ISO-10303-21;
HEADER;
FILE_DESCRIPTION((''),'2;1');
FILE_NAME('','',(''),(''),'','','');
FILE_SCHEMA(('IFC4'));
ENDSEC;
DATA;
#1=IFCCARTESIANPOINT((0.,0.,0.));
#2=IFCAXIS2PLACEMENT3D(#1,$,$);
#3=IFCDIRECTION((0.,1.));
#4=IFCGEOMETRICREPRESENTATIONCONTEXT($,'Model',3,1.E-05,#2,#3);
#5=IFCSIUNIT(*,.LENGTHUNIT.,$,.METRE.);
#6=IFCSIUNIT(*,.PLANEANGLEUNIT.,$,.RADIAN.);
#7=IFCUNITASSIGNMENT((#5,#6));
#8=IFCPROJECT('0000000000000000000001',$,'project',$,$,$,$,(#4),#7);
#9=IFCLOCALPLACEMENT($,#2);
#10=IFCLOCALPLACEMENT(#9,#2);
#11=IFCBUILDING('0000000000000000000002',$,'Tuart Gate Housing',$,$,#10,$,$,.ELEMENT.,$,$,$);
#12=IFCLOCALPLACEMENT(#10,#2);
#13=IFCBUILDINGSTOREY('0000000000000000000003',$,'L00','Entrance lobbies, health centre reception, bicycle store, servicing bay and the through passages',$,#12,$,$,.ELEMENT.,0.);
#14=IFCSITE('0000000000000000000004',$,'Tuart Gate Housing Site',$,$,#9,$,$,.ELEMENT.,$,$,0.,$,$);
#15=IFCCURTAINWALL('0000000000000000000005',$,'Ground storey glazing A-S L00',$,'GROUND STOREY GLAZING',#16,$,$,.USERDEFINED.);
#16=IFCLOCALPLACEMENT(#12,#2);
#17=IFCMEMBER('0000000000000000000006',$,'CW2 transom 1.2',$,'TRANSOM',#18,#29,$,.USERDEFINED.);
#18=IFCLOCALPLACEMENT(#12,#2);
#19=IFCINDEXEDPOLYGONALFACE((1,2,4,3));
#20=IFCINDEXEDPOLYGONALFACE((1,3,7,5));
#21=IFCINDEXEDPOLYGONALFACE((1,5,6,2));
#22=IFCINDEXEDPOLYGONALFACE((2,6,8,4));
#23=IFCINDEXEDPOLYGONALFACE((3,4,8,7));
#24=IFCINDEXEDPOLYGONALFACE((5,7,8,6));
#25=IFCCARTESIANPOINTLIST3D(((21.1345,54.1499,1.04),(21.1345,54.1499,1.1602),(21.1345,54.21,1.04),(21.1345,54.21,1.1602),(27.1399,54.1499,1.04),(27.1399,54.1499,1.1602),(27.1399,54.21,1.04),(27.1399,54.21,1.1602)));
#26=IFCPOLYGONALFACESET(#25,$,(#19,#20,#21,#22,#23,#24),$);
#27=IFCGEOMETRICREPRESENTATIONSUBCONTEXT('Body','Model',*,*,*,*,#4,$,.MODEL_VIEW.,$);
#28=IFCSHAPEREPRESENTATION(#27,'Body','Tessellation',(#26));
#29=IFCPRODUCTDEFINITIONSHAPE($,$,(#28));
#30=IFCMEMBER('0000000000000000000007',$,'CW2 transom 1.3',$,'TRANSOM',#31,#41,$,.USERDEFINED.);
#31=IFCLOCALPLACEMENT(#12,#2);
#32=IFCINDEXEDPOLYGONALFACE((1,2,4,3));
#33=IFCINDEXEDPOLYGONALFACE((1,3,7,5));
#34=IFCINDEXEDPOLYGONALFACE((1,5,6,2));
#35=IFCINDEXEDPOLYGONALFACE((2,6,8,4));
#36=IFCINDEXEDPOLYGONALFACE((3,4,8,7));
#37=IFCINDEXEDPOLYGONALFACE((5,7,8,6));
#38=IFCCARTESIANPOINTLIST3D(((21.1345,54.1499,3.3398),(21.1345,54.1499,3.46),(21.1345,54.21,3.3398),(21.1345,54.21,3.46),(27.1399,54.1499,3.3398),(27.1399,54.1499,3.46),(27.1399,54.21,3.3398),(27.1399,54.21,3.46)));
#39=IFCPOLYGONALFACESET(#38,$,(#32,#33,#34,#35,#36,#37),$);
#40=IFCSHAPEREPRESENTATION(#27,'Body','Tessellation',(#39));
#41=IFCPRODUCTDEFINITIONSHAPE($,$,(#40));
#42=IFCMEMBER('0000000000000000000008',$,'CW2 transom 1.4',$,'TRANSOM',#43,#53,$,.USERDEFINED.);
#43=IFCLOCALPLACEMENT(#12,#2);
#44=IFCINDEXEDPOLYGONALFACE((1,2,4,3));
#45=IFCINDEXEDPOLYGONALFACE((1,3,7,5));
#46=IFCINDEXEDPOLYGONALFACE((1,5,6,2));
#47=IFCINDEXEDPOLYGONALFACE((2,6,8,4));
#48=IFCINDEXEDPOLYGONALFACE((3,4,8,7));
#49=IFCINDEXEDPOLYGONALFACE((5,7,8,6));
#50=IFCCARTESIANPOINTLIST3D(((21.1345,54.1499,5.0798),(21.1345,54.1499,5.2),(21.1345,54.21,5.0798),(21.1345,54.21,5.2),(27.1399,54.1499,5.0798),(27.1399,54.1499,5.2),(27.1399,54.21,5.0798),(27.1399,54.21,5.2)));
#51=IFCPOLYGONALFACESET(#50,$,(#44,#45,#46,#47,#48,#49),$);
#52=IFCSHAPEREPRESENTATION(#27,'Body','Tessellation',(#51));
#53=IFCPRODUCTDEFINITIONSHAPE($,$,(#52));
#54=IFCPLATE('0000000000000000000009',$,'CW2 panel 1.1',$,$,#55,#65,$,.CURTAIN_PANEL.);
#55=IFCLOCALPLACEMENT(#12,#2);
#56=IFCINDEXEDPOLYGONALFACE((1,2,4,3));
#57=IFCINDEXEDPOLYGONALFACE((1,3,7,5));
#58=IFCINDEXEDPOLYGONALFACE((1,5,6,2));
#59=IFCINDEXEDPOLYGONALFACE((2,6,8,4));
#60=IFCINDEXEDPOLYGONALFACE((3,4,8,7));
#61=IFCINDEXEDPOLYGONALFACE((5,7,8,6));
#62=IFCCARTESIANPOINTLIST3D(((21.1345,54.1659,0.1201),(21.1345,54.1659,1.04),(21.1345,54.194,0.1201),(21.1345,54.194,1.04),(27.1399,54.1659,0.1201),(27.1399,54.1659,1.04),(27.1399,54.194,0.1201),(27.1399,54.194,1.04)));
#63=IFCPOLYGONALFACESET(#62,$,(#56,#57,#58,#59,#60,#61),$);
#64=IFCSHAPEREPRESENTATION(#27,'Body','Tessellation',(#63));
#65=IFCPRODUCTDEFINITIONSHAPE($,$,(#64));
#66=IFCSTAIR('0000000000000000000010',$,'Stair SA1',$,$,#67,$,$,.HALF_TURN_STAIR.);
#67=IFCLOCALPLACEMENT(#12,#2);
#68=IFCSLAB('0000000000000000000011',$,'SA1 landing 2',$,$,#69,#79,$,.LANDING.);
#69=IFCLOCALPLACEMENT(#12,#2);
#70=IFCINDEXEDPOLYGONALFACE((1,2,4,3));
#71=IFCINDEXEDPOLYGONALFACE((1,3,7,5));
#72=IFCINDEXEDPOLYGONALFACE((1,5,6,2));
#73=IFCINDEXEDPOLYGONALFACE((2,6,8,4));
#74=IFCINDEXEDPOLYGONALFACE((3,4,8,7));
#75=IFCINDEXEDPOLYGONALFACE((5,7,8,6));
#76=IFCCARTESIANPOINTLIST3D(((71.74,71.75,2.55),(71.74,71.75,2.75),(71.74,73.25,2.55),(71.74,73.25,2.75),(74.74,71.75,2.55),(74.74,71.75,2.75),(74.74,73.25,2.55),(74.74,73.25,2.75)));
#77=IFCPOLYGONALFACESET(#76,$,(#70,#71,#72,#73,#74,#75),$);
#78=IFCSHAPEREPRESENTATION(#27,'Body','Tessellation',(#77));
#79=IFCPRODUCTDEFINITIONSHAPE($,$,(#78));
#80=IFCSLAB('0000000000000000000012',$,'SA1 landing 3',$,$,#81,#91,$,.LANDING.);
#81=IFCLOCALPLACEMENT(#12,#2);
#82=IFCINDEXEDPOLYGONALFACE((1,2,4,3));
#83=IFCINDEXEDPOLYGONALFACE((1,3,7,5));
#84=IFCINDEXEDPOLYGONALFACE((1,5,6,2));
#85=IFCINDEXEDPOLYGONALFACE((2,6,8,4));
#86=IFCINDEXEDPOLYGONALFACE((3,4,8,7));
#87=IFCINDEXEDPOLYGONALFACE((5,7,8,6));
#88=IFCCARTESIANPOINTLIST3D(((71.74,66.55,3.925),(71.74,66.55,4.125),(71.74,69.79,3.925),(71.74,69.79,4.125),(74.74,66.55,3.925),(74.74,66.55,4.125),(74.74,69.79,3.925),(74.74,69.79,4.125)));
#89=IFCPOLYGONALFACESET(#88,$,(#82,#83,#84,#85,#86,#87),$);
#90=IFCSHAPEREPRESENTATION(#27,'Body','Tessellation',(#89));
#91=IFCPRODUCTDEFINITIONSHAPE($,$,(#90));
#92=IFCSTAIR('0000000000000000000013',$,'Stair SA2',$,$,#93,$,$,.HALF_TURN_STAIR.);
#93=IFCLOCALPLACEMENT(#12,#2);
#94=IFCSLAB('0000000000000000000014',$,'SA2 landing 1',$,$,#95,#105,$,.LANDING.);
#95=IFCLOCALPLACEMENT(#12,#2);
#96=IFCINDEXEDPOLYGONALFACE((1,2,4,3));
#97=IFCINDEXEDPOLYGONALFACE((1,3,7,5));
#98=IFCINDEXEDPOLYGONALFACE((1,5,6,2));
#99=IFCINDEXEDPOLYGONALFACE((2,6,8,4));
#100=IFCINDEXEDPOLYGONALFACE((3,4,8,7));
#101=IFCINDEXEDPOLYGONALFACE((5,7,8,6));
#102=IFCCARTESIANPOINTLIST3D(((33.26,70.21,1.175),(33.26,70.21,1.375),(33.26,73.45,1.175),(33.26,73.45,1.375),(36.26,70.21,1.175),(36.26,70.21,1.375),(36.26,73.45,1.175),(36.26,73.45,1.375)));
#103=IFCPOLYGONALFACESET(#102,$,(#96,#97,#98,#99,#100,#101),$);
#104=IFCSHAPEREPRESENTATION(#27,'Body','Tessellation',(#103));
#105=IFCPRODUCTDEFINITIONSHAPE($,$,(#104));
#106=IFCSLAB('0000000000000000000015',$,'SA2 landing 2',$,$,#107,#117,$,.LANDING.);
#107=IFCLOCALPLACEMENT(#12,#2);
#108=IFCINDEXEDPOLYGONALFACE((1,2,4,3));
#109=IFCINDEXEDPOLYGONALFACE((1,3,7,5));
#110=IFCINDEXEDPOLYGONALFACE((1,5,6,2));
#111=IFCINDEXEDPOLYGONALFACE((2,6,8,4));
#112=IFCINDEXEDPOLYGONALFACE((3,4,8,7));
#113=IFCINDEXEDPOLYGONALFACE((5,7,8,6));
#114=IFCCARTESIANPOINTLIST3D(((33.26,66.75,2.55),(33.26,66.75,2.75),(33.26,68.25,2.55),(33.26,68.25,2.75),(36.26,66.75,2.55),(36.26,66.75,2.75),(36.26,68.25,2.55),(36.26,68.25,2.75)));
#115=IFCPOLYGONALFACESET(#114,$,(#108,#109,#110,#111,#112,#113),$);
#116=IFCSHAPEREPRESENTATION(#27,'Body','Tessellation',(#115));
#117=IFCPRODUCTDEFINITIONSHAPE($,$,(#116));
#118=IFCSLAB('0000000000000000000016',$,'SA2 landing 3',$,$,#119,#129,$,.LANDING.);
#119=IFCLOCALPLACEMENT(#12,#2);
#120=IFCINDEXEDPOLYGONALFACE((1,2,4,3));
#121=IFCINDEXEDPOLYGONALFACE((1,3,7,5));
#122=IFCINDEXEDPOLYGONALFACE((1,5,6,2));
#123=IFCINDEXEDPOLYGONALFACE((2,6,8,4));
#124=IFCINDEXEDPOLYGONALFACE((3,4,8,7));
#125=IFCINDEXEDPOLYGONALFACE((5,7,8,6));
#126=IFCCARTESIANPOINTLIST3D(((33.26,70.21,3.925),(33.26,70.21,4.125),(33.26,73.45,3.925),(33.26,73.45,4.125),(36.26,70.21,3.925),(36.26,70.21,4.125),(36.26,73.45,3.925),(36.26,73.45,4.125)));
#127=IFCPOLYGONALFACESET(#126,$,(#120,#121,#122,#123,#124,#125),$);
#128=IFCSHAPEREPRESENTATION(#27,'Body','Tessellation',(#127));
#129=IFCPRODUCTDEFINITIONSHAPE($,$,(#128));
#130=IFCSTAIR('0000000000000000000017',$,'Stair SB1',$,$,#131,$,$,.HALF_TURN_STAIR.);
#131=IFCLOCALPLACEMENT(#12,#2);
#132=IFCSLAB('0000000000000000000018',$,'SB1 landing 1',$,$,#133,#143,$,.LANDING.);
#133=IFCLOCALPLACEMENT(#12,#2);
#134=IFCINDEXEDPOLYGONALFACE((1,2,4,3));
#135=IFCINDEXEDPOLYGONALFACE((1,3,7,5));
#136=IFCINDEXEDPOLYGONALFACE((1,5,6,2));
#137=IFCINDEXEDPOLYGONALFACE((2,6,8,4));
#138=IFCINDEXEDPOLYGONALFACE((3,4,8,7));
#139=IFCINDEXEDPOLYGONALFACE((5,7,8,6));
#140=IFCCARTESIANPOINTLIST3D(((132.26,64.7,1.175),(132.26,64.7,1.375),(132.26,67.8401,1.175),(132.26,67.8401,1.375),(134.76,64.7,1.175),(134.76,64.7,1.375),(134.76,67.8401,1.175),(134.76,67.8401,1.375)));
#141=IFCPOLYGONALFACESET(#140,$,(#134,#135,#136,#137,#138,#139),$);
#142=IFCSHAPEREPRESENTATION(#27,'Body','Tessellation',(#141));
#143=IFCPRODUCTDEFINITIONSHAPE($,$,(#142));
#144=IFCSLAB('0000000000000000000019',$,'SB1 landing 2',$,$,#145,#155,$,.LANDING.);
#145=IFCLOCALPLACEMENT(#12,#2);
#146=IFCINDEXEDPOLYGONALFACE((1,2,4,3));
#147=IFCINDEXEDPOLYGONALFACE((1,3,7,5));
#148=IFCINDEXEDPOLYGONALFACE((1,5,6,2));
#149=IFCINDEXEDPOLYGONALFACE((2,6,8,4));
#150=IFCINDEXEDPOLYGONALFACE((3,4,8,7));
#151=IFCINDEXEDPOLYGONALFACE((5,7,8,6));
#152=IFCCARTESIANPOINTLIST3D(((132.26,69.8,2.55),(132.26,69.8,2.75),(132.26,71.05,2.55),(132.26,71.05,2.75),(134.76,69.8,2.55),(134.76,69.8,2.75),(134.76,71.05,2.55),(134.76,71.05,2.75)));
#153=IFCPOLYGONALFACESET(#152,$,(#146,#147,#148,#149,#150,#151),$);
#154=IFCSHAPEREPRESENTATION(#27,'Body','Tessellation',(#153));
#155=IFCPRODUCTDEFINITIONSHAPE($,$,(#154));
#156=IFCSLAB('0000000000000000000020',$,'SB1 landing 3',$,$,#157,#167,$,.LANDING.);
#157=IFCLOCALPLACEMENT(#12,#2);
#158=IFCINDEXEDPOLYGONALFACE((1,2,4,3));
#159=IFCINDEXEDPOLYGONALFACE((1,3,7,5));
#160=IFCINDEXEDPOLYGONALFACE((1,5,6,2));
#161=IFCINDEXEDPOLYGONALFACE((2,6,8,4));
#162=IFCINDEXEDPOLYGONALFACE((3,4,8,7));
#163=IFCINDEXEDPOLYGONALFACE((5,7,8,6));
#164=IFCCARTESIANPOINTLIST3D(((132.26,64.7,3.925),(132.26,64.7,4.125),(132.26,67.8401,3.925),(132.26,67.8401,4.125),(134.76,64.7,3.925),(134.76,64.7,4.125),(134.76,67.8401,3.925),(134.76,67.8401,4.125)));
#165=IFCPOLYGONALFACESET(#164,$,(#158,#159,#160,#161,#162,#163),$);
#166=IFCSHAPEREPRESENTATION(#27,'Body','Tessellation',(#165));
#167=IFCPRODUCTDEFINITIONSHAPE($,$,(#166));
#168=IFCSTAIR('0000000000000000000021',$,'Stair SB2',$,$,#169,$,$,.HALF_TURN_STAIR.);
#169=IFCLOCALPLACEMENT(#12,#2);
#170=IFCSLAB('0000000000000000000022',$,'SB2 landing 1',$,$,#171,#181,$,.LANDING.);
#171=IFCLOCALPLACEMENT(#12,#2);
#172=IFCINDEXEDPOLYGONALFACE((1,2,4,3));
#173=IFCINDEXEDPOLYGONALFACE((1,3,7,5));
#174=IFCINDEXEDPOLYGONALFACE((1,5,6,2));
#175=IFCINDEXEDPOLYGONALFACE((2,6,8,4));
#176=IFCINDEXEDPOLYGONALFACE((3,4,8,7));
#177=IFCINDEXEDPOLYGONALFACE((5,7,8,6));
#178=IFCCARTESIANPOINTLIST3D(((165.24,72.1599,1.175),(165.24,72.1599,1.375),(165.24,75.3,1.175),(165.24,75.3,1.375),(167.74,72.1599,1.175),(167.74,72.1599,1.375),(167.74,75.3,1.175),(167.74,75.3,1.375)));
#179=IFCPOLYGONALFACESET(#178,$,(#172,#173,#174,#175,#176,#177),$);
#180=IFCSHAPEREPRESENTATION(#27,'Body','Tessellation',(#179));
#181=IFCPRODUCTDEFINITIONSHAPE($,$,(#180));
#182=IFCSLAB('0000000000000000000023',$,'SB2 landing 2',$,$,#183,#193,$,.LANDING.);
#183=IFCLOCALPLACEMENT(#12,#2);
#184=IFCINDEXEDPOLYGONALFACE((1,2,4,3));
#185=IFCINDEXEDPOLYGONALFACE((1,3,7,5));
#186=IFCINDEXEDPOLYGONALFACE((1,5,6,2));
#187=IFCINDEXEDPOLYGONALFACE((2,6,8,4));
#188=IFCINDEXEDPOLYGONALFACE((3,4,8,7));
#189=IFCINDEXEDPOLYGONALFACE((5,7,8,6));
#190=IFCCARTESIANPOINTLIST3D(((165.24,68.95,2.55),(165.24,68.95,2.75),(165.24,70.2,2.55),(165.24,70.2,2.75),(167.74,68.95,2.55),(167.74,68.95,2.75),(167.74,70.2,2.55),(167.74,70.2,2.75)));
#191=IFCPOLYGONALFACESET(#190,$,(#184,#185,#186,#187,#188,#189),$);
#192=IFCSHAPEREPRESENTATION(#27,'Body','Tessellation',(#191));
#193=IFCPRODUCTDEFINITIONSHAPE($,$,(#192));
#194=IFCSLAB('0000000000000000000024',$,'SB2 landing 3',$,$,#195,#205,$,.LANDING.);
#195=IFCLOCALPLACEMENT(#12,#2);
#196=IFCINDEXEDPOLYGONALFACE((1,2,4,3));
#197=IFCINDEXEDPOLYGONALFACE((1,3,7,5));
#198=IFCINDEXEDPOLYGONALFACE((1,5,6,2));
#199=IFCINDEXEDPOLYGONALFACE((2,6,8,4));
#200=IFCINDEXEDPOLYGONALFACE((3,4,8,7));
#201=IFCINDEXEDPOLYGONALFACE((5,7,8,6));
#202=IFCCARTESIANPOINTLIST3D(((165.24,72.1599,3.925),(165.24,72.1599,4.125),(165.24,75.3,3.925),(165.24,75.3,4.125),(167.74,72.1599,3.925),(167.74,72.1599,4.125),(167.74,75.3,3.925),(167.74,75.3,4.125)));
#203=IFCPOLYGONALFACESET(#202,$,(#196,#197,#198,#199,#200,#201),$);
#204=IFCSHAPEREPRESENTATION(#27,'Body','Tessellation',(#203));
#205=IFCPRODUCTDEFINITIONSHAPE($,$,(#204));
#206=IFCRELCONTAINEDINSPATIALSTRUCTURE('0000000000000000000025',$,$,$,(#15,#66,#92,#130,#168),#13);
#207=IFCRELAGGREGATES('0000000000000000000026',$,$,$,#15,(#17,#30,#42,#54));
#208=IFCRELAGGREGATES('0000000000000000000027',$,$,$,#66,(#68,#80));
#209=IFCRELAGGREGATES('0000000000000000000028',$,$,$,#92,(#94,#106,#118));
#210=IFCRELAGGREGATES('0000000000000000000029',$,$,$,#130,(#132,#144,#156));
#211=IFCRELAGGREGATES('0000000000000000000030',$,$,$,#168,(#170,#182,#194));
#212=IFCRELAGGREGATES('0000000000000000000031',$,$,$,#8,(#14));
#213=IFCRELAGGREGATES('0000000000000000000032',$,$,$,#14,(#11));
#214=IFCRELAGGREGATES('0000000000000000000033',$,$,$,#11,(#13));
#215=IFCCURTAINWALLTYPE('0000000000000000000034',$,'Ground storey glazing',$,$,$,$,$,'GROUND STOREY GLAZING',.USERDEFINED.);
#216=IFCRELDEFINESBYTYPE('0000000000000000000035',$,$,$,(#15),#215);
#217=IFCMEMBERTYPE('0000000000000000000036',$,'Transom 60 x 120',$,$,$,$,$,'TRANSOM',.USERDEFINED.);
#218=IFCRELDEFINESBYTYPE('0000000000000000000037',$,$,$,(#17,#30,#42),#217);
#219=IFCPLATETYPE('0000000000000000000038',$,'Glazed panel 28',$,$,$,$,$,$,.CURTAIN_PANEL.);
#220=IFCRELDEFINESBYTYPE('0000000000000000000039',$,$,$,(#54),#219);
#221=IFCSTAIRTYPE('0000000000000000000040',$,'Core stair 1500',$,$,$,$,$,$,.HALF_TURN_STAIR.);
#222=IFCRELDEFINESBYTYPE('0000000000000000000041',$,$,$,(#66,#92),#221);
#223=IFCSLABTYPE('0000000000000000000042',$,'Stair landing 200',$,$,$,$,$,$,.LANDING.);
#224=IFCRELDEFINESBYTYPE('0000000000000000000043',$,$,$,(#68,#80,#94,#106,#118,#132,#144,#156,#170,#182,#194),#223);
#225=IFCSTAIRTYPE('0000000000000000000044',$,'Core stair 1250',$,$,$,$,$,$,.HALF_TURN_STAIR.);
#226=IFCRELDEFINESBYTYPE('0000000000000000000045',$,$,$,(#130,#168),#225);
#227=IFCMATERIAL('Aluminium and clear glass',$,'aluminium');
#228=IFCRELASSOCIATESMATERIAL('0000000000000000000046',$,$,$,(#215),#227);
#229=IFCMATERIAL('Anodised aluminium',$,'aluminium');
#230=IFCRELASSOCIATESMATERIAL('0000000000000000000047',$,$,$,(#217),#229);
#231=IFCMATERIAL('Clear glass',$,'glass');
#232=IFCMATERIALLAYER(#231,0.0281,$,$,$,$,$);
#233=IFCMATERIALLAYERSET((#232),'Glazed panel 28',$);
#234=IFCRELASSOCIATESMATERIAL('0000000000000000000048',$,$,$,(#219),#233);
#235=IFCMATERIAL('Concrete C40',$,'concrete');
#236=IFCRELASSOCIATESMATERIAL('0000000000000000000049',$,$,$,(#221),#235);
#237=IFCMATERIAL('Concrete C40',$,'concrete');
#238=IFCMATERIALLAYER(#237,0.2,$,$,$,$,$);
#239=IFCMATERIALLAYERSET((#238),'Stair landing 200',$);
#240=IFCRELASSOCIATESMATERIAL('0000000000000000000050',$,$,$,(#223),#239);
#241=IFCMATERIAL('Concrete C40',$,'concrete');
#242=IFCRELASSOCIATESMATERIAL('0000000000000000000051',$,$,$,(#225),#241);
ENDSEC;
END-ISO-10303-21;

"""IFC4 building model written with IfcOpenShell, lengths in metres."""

from ifc_helpers import new_model, si_unit, direction, frame, origin, origin_2d, place, context, subcontext, project, spatial, polyline, rectangle, outline, extrude, material, layer, layer_set, material_profile, profile_set, type_object, element, aggregate, save


model = new_model("IFC4")

# Units and contexts
model_context = context("Model", 3, precision=1e-05, world=origin(), true_north=direction((0.0, 1.0)))
body_context = subcontext(model_context, "Body", "Model", "MODEL_VIEW")
ifc_project = project(units=[si_unit("LENGTHUNIT", "METRE"), si_unit("PLANEANGLEUNIT", "RADIAN")], contexts=[model_context])

# Site, building, storey
site_placement = place(None, origin())
site = spatial("IfcSite", under=ifc_project, at=site_placement, Name="Tuart Gate Housing Site", CompositionType="ELEMENT", RefElevation=0.0)
building_placement = place(site_placement, origin())
building = spatial("IfcBuilding", under=site, at=building_placement, Name="Tuart Gate Housing", CompositionType="ELEMENT")
storey_placement = place(building_placement, origin())
storey = spatial("IfcBuildingStorey", under=building, at=storey_placement, Name="L00", Description="Entrance lobbies, health centre reception, bicycle store, servicing bay and the through passages", CompositionType="ELEMENT", Elevation=0.0)

# Curtain wall, members, plate
ifc_material_1 = material(Name="Aluminium and clear glass", Category="aluminium")
curtain_wall_type = type_object("IfcCurtainWallType", Name="Ground storey glazing", ElementType="GROUND STOREY GLAZING", PredefinedType="USERDEFINED", material=ifc_material_1)
curtain_wall_placement = place(storey_placement, origin())
curtain_wall = element("IfcCurtainWall", 1, at=curtain_wall_placement, inside=storey, type_object=curtain_wall_type, Name="Ground storey glazing A-S L00", ObjectType="GROUND STOREY GLAZING", PredefinedType="USERDEFINED")
ifc_material_2 = material(Name="Anodised aluminium", Category="aluminium")
ifc_material_profile_1 = material_profile(ifc_material_2, rectangle(XDim=0.0601, YDim=0.1201, at=origin_2d()), Name="60x120")
ifc_profile_set_1 = profile_set([ifc_material_profile_1], Name="Anodised aluminium")
member_type_1 = type_object("IfcMemberType", Name="Transom 60 x 120", ElementType="TRANSOM", PredefinedType="USERDEFINED", material=ifc_profile_set_1)
member_1_placement = place(storey_placement, frame((21.1345, 54.1799, 1.1001), z_axis=(1.0, 0.0, 0.0), x_axis=(0.0, 1.0, 0.0)))
member_1 = element("IfcMember", 2, at=member_1_placement, type_object=member_type_1, Name="CW2 transom 1.2", ObjectType="TRANSOM", PredefinedType="USERDEFINED", context=body_context, shape_type="SweptSolid", body=[
    extrude(rectangle(XDim=0.0601, YDim=0.1201, at=origin_2d()), origin(), (0.0, 0.0, 1.0), 6.0054),
])
member_2_placement = place(storey_placement, frame((21.1345, 54.1799, 3.3999), z_axis=(1.0, 0.0, 0.0), x_axis=(0.0, 1.0, 0.0)))
member_2 = element("IfcMember", 3, at=member_2_placement, type_object=member_type_1, Name="CW2 transom 1.3", ObjectType="TRANSOM", PredefinedType="USERDEFINED", context=body_context, shape_type="SweptSolid", body=[
    extrude(rectangle(XDim=0.0601, YDim=0.1201, at=origin_2d()), origin(), (0.0, 0.0, 1.0), 6.0054),
])
member_3_placement = place(storey_placement, frame((21.1345, 54.1799, 5.1399), z_axis=(1.0, 0.0, 0.0), x_axis=(0.0, 1.0, 0.0)))
member_3 = element("IfcMember", 4, at=member_3_placement, type_object=member_type_1, Name="CW2 transom 1.4", ObjectType="TRANSOM", PredefinedType="USERDEFINED", context=body_context, shape_type="SweptSolid", body=[
    extrude(rectangle(XDim=0.0601, YDim=0.1201, at=origin_2d()), origin(), (0.0, 0.0, 1.0), 6.0054),
])
ifc_material_3 = material(Name="Clear glass", Category="glass")
ifc_layer_1 = layer(ifc_material_3, 0.0281)
ifc_layer_set_1 = layer_set([ifc_layer_1], Name="Glazed panel 28")
plate_type = type_object("IfcPlateType", Name="Glazed panel 28", PredefinedType="CURTAIN_PANEL", material=ifc_layer_set_1)
plate_placement = place(storey_placement, frame((24.1372, 54.1799, 0.1201), z_axis=(0.0, 0.0, 1.0), x_axis=(1.0, 0.0, 0.0)))
plate = element("IfcPlate", 5, at=plate_placement, type_object=plate_type, Name="CW2 panel 1.1", PredefinedType="CURTAIN_PANEL", context=body_context, shape_type="SweptSolid", body=[
    extrude(rectangle(XDim=6.0054, YDim=0.0281, at=origin_2d()), origin(), (0.0, 0.0, 1.0), 0.9199),
])
aggregate(curtain_wall, [member_1, member_2, member_3, plate])

# Stairs, slabs
ifc_material_4 = material(Name="Concrete C40", Category="concrete")
stair_type_1 = type_object("IfcStairType", Name="Core stair 1500", PredefinedType="HALF_TURN_STAIR", material=ifc_material_4)
stair_1_placement = place(storey_placement, origin())
stair_1 = element("IfcStair", 6, at=stair_1_placement, inside=storey, type_object=stair_type_1, Name="Stair SA1", PredefinedType="HALF_TURN_STAIR")
ifc_material_5 = material(Name="Concrete C40", Category="concrete")
ifc_layer_2 = layer(ifc_material_5, 0.2)
ifc_layer_set_2 = layer_set([ifc_layer_2], Name="Stair landing 200")
slab_type = type_object("IfcSlabType", Name="Stair landing 200", PredefinedType="LANDING", material=ifc_layer_set_2)
slab_1_placement = place(storey_placement, frame((0.0, 0.0, 2.55)))
slab_1 = element("IfcSlab", 7, at=slab_1_placement, type_object=slab_type, Name="SA1 landing 2", PredefinedType="LANDING", context=body_context, shape_type="SweptSolid", body=[
    extrude(outline(polyline([(71.74, 73.25), (71.74, 71.75), (74.74, 71.75), (74.74, 73.25), (71.74, 73.25)])), origin(), (0.0, 0.0, 1.0), 0.2),
])
slab_2_placement = place(storey_placement, frame((0.0, 0.0, 3.925)))
slab_2 = element("IfcSlab", 8, at=slab_2_placement, type_object=slab_type, Name="SA1 landing 3", PredefinedType="LANDING", context=body_context, shape_type="SweptSolid", body=[
    extrude(outline(polyline([(71.74, 66.55), (74.74, 66.55), (74.74, 69.79), (71.74, 69.79), (71.74, 66.55)])), origin(), (0.0, 0.0, 1.0), 0.2),
])
aggregate(stair_1, [slab_1, slab_2])
stair_2_placement = place(storey_placement, origin())
stair_2 = element("IfcStair", 9, at=stair_2_placement, inside=storey, type_object=stair_type_1, Name="Stair SA2", PredefinedType="HALF_TURN_STAIR")
slab_3_placement = place(storey_placement, frame((0.0, 0.0, 1.175)))
slab_3 = element("IfcSlab", 10, at=slab_3_placement, type_object=slab_type, Name="SA2 landing 1", PredefinedType="LANDING", context=body_context, shape_type="SweptSolid", body=[
    extrude(outline(polyline([(36.26, 73.45), (33.26, 73.45), (33.26, 70.21), (36.26, 70.21), (36.26, 73.45)])), origin(), (0.0, 0.0, 1.0), 0.2),
])
slab_4_placement = place(storey_placement, frame((0.0, 0.0, 2.55)))
slab_4 = element("IfcSlab", 11, at=slab_4_placement, type_object=slab_type, Name="SA2 landing 2", PredefinedType="LANDING", context=body_context, shape_type="SweptSolid", body=[
    extrude(outline(polyline([(36.26, 66.75), (36.26, 68.25), (33.26, 68.25), (33.26, 66.75), (36.26, 66.75)])), origin(), (0.0, 0.0, 1.0), 0.2),
])
slab_5_placement = place(storey_placement, frame((0.0, 0.0, 3.925)))
slab_5 = element("IfcSlab", 12, at=slab_5_placement, type_object=slab_type, Name="SA2 landing 3", PredefinedType="LANDING", context=body_context, shape_type="SweptSolid", body=[
    extrude(outline(polyline([(36.26, 73.45), (33.26, 73.45), (33.26, 70.21), (36.26, 70.21), (36.26, 73.45)])), origin(), (0.0, 0.0, 1.0), 0.2),
])
aggregate(stair_2, [slab_3, slab_4, slab_5])
ifc_material_6 = material(Name="Concrete C40", Category="concrete")
stair_type_2 = type_object("IfcStairType", Name="Core stair 1250", PredefinedType="HALF_TURN_STAIR", material=ifc_material_6)
stair_3_placement = place(storey_placement, origin())
stair_3 = element("IfcStair", 13, at=stair_3_placement, inside=storey, type_object=stair_type_2, Name="Stair SB1", PredefinedType="HALF_TURN_STAIR")
slab_6_placement = place(storey_placement, frame((0.0, 0.0, 1.175)))
slab_6 = element("IfcSlab", 14, at=slab_6_placement, type_object=slab_type, Name="SB1 landing 1", PredefinedType="LANDING", context=body_context, shape_type="SweptSolid", body=[
    extrude(outline(polyline([(134.76, 67.8401), (132.26, 67.8401), (132.26, 64.7), (134.76, 64.7), (134.76, 67.8401)])), origin(), (0.0, 0.0, 1.0), 0.2),
])
slab_7_placement = place(storey_placement, frame((0.0, 0.0, 2.55)))
slab_7 = element("IfcSlab", 15, at=slab_7_placement, type_object=slab_type, Name="SB1 landing 2", PredefinedType="LANDING", context=body_context, shape_type="SweptSolid", body=[
    extrude(outline(polyline([(132.26, 71.05), (132.26, 69.8), (134.76, 69.8), (134.76, 71.05), (132.26, 71.05)])), origin(), (0.0, 0.0, 1.0), 0.2),
])
slab_8_placement = place(storey_placement, frame((0.0, 0.0, 3.925)))
slab_8 = element("IfcSlab", 16, at=slab_8_placement, type_object=slab_type, Name="SB1 landing 3", PredefinedType="LANDING", context=body_context, shape_type="SweptSolid", body=[
    extrude(outline(polyline([(134.76, 67.8401), (132.26, 67.8401), (132.26, 64.7), (134.76, 64.7), (134.76, 67.8401)])), origin(), (0.0, 0.0, 1.0), 0.2),
])
aggregate(stair_3, [slab_6, slab_7, slab_8])
stair_4_placement = place(storey_placement, origin())
stair_4 = element("IfcStair", 17, at=stair_4_placement, inside=storey, type_object=stair_type_2, Name="Stair SB2", PredefinedType="HALF_TURN_STAIR")
slab_9_placement = place(storey_placement, frame((0.0, 0.0, 1.175)))
slab_9 = element("IfcSlab", 18, at=slab_9_placement, type_object=slab_type, Name="SB2 landing 1", PredefinedType="LANDING", context=body_context, shape_type="SweptSolid", body=[
    extrude(outline(polyline([(165.24, 72.1599), (167.74, 72.1599), (167.74, 75.3), (165.24, 75.3), (165.24, 72.1599)])), origin(), (0.0, 0.0, 1.0), 0.2),
])
slab_10_placement = place(storey_placement, frame((0.0, 0.0, 2.55)))
slab_10 = element("IfcSlab", 19, at=slab_10_placement, type_object=slab_type, Name="SB2 landing 2", PredefinedType="LANDING", context=body_context, shape_type="SweptSolid", body=[
    extrude(outline(polyline([(167.74, 68.95), (167.74, 70.2), (165.24, 70.2), (165.24, 68.95), (167.74, 68.95)])), origin(), (0.0, 0.0, 1.0), 0.2),
])
slab_11_placement = place(storey_placement, frame((0.0, 0.0, 3.925)))
slab_11 = element("IfcSlab", 20, at=slab_11_placement, type_object=slab_type, Name="SB2 landing 3", PredefinedType="LANDING", context=body_context, shape_type="SweptSolid", body=[
    extrude(outline(polyline([(165.24, 72.1599), (167.74, 72.1599), (167.74, 75.3), (165.24, 75.3), (165.24, 72.1599)])), origin(), (0.0, 0.0, 1.0), 0.2),
])
aggregate(stair_4, [slab_9, slab_10, slab_11])

save(model, "model.ifc")
